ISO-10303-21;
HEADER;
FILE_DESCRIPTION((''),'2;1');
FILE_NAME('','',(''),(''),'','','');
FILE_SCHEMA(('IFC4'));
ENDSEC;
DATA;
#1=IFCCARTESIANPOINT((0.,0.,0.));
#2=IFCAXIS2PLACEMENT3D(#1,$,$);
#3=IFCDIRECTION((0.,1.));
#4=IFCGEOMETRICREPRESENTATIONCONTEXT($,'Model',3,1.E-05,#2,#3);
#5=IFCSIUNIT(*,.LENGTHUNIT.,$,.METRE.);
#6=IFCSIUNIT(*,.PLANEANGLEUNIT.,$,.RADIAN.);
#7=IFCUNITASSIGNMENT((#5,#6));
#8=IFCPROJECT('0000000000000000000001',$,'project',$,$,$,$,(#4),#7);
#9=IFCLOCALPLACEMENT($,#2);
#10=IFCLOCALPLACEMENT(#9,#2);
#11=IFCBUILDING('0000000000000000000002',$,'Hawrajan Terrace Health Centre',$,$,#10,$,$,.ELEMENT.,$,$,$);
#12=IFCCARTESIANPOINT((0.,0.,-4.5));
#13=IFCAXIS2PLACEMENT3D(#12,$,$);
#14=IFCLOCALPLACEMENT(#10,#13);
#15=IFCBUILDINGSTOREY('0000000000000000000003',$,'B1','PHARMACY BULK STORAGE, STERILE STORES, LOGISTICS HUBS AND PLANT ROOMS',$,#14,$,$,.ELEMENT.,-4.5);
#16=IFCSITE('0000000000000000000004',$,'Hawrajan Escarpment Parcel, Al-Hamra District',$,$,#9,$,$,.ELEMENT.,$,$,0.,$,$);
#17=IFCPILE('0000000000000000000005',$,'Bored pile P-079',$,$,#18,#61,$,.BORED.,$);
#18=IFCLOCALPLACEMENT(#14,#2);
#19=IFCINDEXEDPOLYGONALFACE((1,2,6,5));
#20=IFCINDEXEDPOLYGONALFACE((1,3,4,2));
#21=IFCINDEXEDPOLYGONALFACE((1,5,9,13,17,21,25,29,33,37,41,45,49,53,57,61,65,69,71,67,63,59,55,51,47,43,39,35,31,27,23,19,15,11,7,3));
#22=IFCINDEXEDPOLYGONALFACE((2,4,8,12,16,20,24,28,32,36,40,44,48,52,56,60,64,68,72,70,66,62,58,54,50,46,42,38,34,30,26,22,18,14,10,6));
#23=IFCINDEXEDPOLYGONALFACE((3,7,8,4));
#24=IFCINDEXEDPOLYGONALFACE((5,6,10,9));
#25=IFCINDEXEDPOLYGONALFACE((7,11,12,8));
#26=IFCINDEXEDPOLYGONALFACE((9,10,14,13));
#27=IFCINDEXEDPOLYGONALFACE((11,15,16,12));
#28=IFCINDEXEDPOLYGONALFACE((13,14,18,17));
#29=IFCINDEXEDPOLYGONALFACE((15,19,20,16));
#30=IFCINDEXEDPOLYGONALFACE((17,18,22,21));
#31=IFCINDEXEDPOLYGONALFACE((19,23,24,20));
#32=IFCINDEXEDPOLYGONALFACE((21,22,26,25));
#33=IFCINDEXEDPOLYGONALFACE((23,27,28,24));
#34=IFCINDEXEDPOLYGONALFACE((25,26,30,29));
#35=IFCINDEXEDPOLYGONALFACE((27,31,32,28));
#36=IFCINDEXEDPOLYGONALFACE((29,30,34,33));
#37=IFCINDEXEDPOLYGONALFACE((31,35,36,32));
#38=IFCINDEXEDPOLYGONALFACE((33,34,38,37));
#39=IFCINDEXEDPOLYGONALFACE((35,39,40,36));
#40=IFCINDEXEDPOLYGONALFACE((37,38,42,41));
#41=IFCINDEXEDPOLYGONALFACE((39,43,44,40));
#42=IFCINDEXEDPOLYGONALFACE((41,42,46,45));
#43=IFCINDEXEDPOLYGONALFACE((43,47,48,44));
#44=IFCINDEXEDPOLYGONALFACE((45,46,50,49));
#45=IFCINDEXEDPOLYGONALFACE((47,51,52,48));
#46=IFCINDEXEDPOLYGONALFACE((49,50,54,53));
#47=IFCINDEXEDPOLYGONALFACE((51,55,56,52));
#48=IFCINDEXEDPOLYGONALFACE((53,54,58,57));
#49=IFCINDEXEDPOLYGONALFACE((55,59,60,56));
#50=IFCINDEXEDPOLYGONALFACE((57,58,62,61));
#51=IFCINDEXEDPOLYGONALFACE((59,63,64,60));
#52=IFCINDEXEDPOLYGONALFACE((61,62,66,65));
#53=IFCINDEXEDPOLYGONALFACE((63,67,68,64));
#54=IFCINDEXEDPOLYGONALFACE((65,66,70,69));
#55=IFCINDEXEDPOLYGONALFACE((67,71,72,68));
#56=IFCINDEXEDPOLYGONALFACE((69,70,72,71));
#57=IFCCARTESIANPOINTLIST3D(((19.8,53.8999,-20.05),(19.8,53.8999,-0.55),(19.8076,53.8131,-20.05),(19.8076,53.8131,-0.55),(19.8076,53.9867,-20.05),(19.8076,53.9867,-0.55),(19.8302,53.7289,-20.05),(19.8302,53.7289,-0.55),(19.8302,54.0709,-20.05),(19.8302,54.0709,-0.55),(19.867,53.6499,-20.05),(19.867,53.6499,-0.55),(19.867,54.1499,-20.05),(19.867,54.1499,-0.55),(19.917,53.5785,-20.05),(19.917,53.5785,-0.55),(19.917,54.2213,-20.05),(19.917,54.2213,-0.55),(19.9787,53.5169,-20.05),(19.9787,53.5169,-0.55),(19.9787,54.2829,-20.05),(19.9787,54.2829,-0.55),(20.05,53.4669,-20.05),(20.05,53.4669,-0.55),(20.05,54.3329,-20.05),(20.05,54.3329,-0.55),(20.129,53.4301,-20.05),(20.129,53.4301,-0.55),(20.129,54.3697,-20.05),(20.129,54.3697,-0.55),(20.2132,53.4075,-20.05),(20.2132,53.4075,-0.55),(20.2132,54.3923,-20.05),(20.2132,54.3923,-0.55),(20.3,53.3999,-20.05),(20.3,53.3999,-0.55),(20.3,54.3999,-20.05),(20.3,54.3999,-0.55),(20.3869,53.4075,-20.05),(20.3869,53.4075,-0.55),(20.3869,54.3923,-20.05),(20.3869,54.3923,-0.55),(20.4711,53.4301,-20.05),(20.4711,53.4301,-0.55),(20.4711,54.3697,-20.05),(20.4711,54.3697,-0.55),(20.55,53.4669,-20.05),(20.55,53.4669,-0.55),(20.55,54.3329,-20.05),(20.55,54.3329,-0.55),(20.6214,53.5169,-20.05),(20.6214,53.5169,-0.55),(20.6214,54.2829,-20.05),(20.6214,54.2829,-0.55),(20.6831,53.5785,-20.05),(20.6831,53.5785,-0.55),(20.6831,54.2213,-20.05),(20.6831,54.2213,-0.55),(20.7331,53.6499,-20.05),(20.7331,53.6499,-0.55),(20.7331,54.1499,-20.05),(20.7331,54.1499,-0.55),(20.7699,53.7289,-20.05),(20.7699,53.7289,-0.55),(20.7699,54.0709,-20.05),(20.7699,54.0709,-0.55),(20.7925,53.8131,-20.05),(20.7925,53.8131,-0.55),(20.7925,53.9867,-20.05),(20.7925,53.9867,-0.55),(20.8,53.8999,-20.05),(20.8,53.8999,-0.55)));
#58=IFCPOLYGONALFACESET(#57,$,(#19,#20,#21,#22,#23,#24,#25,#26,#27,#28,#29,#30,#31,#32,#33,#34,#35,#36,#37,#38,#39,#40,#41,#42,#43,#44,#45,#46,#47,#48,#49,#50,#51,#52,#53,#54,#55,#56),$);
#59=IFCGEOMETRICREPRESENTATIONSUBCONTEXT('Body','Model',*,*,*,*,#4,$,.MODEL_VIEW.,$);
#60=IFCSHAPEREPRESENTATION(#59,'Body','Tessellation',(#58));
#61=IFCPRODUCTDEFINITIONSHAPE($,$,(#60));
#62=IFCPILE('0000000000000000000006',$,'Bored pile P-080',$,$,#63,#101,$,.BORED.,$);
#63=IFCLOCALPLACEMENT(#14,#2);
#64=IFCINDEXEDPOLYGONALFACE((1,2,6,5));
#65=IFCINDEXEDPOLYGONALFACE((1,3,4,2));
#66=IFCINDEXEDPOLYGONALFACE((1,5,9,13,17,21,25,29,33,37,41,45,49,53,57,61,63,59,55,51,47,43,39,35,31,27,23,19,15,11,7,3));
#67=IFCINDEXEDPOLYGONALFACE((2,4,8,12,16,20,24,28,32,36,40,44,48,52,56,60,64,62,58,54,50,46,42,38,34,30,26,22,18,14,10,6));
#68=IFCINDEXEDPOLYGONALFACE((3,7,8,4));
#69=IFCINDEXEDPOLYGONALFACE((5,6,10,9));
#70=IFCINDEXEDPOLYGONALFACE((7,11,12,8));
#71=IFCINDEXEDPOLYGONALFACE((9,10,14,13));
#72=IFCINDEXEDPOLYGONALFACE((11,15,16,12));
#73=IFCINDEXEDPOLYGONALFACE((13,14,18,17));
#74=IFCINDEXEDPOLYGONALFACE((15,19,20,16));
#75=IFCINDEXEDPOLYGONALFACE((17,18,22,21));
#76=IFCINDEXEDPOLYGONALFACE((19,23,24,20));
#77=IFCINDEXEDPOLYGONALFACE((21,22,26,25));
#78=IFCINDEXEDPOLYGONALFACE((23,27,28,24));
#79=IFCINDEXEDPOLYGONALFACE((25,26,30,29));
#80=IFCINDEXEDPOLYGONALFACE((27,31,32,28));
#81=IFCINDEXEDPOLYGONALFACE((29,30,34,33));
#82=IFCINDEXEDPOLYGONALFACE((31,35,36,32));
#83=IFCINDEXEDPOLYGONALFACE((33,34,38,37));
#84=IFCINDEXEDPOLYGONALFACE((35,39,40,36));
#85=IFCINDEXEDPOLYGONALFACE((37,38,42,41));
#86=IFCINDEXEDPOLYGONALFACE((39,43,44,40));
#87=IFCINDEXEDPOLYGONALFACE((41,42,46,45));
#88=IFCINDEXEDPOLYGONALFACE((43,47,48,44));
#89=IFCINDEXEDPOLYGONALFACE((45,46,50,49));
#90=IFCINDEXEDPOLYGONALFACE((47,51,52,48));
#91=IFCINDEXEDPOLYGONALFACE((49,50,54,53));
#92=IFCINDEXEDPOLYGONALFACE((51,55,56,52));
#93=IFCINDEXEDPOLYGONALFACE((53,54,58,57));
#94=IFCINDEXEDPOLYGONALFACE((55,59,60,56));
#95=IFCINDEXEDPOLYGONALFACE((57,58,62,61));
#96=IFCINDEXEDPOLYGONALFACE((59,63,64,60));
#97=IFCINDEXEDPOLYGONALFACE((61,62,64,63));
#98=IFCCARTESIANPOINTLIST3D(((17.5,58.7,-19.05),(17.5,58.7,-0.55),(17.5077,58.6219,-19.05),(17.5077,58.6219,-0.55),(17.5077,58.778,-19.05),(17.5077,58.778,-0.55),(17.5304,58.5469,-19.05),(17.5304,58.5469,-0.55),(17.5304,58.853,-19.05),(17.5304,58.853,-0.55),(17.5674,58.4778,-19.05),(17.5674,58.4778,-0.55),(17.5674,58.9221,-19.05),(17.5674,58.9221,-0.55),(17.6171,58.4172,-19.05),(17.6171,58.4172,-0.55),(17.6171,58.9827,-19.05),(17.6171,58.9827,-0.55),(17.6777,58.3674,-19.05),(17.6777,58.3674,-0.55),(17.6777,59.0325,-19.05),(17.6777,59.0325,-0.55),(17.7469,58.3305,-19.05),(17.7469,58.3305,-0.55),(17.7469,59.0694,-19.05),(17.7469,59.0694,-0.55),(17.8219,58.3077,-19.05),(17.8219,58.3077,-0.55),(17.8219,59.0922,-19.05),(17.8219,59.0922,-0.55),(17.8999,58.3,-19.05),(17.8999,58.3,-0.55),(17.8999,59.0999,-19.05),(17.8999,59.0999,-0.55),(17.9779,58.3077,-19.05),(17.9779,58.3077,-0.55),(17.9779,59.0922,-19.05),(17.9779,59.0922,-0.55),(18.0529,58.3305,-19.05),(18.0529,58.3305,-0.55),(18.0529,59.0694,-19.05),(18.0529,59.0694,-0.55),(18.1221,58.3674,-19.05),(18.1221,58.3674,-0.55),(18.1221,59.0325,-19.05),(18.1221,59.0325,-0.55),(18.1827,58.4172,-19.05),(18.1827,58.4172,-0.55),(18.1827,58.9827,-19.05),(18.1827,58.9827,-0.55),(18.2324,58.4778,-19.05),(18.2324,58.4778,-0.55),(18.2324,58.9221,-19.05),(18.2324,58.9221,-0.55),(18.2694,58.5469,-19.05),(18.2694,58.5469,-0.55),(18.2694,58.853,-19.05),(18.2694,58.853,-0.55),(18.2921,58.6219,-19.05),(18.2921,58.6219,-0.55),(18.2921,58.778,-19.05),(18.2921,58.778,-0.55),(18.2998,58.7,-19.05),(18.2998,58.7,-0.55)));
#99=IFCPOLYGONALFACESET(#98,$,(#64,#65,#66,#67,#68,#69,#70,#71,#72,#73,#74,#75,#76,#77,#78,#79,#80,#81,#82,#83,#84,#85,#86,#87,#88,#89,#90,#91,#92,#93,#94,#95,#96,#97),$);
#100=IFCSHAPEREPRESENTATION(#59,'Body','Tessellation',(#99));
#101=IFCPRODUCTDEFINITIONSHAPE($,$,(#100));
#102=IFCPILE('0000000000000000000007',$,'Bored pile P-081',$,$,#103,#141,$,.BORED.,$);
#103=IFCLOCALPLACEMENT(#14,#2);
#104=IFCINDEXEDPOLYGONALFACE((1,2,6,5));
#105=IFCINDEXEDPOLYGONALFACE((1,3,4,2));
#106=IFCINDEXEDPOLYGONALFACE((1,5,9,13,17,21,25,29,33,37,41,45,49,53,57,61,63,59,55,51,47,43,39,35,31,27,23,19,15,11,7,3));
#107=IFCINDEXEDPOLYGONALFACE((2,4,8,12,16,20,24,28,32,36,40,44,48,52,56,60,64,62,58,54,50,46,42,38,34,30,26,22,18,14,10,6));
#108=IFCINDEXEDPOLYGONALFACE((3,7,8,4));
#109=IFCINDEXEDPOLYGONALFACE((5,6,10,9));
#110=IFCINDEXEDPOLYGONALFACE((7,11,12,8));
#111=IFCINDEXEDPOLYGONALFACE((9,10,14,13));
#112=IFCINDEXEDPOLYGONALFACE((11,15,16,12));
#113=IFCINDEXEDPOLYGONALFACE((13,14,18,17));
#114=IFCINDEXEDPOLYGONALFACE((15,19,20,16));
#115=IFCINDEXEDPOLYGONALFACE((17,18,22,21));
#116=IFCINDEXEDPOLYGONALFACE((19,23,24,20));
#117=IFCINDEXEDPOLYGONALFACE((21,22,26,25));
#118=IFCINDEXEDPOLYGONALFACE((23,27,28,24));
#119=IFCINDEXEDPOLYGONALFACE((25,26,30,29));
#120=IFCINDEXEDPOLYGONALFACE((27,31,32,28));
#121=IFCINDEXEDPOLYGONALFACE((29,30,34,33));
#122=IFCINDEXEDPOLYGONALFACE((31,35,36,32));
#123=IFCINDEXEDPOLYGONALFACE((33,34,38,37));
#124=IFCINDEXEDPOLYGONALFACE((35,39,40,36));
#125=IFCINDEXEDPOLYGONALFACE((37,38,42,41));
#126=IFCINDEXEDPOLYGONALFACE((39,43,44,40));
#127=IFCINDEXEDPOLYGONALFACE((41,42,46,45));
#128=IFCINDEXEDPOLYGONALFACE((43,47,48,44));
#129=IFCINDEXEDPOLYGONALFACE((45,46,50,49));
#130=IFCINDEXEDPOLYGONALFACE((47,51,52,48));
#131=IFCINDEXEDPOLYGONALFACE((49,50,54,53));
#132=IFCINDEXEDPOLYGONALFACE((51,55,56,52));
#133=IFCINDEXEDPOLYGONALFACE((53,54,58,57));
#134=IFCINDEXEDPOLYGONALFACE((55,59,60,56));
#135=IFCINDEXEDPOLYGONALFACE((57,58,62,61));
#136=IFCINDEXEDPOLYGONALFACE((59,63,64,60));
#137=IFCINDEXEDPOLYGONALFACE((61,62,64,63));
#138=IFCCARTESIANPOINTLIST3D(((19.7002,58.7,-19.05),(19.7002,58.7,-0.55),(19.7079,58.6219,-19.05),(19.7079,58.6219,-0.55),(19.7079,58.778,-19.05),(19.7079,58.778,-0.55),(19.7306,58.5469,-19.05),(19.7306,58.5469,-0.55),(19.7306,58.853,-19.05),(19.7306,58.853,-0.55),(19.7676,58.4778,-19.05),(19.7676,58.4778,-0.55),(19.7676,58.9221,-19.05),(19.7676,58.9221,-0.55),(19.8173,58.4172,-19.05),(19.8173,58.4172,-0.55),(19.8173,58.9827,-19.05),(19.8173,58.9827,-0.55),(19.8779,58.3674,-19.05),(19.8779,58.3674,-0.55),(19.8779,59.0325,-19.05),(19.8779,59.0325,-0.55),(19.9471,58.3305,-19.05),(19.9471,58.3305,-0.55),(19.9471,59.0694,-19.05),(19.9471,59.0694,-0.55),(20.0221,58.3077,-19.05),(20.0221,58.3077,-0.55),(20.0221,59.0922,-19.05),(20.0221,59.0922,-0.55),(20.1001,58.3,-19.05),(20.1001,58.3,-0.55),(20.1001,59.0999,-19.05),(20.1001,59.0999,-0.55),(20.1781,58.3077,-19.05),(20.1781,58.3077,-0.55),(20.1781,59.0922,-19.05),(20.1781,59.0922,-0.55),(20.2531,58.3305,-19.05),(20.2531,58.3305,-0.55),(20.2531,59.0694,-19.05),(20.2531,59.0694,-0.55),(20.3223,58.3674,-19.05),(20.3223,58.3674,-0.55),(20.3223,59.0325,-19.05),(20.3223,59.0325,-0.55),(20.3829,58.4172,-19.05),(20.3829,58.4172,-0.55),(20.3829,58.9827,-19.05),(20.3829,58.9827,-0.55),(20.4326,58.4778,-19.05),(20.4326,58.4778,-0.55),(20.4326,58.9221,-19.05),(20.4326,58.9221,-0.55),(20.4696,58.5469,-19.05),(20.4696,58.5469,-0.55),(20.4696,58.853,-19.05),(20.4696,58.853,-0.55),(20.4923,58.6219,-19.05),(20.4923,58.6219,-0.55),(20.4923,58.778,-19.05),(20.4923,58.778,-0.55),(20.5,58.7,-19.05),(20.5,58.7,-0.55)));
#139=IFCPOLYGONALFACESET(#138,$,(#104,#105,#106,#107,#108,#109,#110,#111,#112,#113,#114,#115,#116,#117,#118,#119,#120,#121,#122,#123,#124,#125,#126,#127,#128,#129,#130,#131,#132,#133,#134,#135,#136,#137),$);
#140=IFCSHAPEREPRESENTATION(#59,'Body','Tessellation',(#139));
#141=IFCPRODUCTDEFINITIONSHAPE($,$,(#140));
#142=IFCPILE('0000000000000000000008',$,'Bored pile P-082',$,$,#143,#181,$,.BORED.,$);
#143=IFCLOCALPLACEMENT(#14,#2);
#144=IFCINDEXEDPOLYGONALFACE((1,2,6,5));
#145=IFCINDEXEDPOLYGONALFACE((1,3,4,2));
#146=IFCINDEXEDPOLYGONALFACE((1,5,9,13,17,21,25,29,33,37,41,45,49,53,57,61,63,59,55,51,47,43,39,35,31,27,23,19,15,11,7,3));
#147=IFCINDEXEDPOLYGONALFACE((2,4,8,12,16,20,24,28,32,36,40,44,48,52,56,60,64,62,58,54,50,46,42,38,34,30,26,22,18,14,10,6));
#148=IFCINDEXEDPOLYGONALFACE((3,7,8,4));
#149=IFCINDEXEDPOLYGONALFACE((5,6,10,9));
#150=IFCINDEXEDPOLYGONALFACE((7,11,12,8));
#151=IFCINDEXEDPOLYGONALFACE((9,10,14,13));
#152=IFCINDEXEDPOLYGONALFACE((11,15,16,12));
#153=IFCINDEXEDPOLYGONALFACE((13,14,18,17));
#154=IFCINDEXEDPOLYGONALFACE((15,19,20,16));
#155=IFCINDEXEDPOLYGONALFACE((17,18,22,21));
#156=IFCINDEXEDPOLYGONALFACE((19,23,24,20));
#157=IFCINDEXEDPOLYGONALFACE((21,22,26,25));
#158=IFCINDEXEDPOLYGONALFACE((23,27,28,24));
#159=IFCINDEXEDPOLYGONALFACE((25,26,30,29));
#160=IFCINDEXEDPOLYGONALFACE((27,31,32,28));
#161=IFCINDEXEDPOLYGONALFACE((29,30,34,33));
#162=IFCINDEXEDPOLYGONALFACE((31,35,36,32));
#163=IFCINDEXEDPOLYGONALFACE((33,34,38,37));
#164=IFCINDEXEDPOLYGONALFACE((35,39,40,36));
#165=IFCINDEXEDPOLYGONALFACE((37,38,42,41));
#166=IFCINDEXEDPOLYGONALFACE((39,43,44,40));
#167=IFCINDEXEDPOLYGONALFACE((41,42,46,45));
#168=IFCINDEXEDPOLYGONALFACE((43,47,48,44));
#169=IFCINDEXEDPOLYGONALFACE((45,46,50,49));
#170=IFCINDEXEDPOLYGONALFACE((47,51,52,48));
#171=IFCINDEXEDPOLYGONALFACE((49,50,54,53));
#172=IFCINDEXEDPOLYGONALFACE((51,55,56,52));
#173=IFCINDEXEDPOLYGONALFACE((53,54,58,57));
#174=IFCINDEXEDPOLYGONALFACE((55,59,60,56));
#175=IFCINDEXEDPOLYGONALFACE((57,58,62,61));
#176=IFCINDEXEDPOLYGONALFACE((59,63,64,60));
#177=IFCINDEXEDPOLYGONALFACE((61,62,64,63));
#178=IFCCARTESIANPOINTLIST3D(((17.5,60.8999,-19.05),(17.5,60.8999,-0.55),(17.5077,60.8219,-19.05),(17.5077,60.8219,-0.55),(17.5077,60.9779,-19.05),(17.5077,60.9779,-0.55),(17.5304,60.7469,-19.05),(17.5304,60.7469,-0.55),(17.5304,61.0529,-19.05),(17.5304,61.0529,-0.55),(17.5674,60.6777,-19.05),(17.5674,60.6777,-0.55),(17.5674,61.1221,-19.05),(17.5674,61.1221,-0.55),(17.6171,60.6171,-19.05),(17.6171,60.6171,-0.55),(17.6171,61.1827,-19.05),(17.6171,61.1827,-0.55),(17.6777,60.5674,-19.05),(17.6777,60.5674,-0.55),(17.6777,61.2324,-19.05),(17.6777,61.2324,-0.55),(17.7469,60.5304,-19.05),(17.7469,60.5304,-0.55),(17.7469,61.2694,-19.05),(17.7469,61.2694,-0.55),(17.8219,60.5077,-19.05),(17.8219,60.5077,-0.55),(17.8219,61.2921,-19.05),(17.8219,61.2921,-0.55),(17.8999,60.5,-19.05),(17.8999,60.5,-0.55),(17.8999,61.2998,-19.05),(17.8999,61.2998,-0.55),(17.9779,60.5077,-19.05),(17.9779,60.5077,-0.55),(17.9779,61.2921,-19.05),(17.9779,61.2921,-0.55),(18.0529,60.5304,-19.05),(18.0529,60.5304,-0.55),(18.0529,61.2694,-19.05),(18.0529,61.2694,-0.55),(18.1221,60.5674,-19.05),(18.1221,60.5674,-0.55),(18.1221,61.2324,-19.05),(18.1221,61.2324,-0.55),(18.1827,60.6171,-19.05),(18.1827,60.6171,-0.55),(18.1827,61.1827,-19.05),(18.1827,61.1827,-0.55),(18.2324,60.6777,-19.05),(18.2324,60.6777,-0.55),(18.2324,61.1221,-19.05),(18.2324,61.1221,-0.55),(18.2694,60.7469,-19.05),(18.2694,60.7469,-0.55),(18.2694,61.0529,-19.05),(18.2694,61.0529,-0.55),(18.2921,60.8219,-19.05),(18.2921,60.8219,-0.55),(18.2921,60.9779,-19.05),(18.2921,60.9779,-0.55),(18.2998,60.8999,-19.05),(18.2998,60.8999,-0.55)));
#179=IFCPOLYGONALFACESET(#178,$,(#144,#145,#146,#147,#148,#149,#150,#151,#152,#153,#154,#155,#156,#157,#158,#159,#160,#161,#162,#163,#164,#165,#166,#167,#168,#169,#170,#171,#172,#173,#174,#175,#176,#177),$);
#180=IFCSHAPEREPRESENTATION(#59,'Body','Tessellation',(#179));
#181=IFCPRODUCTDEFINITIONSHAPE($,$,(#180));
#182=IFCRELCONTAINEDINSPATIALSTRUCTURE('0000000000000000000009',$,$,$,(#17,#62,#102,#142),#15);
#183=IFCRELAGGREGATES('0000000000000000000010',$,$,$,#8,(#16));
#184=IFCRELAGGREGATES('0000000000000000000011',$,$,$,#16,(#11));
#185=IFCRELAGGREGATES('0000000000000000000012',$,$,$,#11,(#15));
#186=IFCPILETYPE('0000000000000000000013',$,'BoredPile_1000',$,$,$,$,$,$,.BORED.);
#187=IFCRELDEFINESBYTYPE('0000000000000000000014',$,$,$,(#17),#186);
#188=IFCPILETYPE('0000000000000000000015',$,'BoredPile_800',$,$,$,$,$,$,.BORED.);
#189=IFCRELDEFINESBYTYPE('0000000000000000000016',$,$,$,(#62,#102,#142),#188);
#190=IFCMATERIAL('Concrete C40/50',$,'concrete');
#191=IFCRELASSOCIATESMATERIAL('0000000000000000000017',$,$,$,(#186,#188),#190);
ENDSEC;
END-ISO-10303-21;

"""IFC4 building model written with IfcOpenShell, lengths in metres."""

from ifc_helpers import new_model, si_unit, direction, frame, origin, origin_2d, place, context, subcontext, project, spatial, circle, extrude, material, material_profile, profile_set, type_object, element, save


model = new_model("IFC4")

# Units and contexts
model_context = context("Model", 3, precision=1e-05, world=origin(), true_north=direction((0.0, 1.0)))
body_context = subcontext(model_context, "Body", "Model", "MODEL_VIEW")
ifc_project = project(units=[si_unit("LENGTHUNIT", "METRE"), si_unit("PLANEANGLEUNIT", "RADIAN")], contexts=[model_context])

# Site, building, storey
site_placement = place(None, origin())
site = spatial("IfcSite", under=ifc_project, at=site_placement, Name="Hawrajan Escarpment Parcel, Al-Hamra District", CompositionType="ELEMENT", RefElevation=0.0)
building_placement = place(site_placement, origin())
building = spatial("IfcBuilding", under=site, at=building_placement, Name="Hawrajan Terrace Health Centre", CompositionType="ELEMENT")
storey_placement = place(building_placement, frame((0.0, 0.0, -4.5)))
storey = spatial("IfcBuildingStorey", under=building, at=storey_placement, Name="B1", Description="PHARMACY BULK STORAGE, STERILE STORES, LOGISTICS HUBS AND PLANT ROOMS", CompositionType="ELEMENT", Elevation=-4.5)

# Piles
ifc_material_1 = material(Name="Concrete C40/50", Category="concrete")
ifc_material_profile_1 = material_profile(ifc_material_1, circle(Radius=0.5, at=origin_2d()), Name="BP 1000")
ifc_profile_set_1 = profile_set([ifc_material_profile_1], Name="Concrete C40/50")
pile_type_1 = type_object("IfcPileType", Name="BoredPile_1000", PredefinedType="BORED", material=ifc_profile_set_1)
pile_placement = place(storey_placement, frame((20.3, 53.8999, -0.55), z_axis=(0.0, 0.0, -1.0), x_axis=(1.0, 0.0, 0.0)))
element("IfcPile", 1, at=pile_placement, inside=storey, type_object=pile_type_1, Name="Bored pile P-079", PredefinedType="BORED", context=body_context, shape_type="SweptSolid", body=[
    extrude(circle(Radius=0.5, at=origin_2d()), origin(), (0.0, 0.0, 1.0), 19.5),
])
ifc_material_profile_2 = material_profile(ifc_material_1, circle(Radius=0.3999, at=origin_2d()), Name="BP 800")
ifc_profile_set_2 = profile_set([ifc_material_profile_2], Name="Concrete C40/50")
pile_type_2 = type_object("IfcPileType", Name="BoredPile_800", PredefinedType="BORED", material=ifc_profile_set_2)
for number, where, z_axis, x_axis, name in (
    (2, (17.8999, 58.7, -0.55), (0.0, 0.0, -1.0), (1.0, 0.0, 0.0), "Bored pile P-080"),
    (3, (20.1001, 58.7, -0.55), (0.0, 0.0, -1.0), (1.0, 0.0, 0.0), "Bored pile P-081"),
    (4, (17.8999, 60.8999, -0.55), (0.0, 0.0, -1.0), (1.0, 0.0, 0.0), "Bored pile P-082"),
):
    element("IfcPile", number, at=place(storey_placement, frame(where, z_axis=z_axis, x_axis=x_axis)), inside=storey, type_object=pile_type_2, Name=name, PredefinedType="BORED", context=body_context, shape_type="SweptSolid", body=[
        extrude(circle(Radius=0.3999, at=origin_2d()), origin(), (0.0, 0.0, 1.0), 18.5),
    ])

save(model, "model.ifc")
